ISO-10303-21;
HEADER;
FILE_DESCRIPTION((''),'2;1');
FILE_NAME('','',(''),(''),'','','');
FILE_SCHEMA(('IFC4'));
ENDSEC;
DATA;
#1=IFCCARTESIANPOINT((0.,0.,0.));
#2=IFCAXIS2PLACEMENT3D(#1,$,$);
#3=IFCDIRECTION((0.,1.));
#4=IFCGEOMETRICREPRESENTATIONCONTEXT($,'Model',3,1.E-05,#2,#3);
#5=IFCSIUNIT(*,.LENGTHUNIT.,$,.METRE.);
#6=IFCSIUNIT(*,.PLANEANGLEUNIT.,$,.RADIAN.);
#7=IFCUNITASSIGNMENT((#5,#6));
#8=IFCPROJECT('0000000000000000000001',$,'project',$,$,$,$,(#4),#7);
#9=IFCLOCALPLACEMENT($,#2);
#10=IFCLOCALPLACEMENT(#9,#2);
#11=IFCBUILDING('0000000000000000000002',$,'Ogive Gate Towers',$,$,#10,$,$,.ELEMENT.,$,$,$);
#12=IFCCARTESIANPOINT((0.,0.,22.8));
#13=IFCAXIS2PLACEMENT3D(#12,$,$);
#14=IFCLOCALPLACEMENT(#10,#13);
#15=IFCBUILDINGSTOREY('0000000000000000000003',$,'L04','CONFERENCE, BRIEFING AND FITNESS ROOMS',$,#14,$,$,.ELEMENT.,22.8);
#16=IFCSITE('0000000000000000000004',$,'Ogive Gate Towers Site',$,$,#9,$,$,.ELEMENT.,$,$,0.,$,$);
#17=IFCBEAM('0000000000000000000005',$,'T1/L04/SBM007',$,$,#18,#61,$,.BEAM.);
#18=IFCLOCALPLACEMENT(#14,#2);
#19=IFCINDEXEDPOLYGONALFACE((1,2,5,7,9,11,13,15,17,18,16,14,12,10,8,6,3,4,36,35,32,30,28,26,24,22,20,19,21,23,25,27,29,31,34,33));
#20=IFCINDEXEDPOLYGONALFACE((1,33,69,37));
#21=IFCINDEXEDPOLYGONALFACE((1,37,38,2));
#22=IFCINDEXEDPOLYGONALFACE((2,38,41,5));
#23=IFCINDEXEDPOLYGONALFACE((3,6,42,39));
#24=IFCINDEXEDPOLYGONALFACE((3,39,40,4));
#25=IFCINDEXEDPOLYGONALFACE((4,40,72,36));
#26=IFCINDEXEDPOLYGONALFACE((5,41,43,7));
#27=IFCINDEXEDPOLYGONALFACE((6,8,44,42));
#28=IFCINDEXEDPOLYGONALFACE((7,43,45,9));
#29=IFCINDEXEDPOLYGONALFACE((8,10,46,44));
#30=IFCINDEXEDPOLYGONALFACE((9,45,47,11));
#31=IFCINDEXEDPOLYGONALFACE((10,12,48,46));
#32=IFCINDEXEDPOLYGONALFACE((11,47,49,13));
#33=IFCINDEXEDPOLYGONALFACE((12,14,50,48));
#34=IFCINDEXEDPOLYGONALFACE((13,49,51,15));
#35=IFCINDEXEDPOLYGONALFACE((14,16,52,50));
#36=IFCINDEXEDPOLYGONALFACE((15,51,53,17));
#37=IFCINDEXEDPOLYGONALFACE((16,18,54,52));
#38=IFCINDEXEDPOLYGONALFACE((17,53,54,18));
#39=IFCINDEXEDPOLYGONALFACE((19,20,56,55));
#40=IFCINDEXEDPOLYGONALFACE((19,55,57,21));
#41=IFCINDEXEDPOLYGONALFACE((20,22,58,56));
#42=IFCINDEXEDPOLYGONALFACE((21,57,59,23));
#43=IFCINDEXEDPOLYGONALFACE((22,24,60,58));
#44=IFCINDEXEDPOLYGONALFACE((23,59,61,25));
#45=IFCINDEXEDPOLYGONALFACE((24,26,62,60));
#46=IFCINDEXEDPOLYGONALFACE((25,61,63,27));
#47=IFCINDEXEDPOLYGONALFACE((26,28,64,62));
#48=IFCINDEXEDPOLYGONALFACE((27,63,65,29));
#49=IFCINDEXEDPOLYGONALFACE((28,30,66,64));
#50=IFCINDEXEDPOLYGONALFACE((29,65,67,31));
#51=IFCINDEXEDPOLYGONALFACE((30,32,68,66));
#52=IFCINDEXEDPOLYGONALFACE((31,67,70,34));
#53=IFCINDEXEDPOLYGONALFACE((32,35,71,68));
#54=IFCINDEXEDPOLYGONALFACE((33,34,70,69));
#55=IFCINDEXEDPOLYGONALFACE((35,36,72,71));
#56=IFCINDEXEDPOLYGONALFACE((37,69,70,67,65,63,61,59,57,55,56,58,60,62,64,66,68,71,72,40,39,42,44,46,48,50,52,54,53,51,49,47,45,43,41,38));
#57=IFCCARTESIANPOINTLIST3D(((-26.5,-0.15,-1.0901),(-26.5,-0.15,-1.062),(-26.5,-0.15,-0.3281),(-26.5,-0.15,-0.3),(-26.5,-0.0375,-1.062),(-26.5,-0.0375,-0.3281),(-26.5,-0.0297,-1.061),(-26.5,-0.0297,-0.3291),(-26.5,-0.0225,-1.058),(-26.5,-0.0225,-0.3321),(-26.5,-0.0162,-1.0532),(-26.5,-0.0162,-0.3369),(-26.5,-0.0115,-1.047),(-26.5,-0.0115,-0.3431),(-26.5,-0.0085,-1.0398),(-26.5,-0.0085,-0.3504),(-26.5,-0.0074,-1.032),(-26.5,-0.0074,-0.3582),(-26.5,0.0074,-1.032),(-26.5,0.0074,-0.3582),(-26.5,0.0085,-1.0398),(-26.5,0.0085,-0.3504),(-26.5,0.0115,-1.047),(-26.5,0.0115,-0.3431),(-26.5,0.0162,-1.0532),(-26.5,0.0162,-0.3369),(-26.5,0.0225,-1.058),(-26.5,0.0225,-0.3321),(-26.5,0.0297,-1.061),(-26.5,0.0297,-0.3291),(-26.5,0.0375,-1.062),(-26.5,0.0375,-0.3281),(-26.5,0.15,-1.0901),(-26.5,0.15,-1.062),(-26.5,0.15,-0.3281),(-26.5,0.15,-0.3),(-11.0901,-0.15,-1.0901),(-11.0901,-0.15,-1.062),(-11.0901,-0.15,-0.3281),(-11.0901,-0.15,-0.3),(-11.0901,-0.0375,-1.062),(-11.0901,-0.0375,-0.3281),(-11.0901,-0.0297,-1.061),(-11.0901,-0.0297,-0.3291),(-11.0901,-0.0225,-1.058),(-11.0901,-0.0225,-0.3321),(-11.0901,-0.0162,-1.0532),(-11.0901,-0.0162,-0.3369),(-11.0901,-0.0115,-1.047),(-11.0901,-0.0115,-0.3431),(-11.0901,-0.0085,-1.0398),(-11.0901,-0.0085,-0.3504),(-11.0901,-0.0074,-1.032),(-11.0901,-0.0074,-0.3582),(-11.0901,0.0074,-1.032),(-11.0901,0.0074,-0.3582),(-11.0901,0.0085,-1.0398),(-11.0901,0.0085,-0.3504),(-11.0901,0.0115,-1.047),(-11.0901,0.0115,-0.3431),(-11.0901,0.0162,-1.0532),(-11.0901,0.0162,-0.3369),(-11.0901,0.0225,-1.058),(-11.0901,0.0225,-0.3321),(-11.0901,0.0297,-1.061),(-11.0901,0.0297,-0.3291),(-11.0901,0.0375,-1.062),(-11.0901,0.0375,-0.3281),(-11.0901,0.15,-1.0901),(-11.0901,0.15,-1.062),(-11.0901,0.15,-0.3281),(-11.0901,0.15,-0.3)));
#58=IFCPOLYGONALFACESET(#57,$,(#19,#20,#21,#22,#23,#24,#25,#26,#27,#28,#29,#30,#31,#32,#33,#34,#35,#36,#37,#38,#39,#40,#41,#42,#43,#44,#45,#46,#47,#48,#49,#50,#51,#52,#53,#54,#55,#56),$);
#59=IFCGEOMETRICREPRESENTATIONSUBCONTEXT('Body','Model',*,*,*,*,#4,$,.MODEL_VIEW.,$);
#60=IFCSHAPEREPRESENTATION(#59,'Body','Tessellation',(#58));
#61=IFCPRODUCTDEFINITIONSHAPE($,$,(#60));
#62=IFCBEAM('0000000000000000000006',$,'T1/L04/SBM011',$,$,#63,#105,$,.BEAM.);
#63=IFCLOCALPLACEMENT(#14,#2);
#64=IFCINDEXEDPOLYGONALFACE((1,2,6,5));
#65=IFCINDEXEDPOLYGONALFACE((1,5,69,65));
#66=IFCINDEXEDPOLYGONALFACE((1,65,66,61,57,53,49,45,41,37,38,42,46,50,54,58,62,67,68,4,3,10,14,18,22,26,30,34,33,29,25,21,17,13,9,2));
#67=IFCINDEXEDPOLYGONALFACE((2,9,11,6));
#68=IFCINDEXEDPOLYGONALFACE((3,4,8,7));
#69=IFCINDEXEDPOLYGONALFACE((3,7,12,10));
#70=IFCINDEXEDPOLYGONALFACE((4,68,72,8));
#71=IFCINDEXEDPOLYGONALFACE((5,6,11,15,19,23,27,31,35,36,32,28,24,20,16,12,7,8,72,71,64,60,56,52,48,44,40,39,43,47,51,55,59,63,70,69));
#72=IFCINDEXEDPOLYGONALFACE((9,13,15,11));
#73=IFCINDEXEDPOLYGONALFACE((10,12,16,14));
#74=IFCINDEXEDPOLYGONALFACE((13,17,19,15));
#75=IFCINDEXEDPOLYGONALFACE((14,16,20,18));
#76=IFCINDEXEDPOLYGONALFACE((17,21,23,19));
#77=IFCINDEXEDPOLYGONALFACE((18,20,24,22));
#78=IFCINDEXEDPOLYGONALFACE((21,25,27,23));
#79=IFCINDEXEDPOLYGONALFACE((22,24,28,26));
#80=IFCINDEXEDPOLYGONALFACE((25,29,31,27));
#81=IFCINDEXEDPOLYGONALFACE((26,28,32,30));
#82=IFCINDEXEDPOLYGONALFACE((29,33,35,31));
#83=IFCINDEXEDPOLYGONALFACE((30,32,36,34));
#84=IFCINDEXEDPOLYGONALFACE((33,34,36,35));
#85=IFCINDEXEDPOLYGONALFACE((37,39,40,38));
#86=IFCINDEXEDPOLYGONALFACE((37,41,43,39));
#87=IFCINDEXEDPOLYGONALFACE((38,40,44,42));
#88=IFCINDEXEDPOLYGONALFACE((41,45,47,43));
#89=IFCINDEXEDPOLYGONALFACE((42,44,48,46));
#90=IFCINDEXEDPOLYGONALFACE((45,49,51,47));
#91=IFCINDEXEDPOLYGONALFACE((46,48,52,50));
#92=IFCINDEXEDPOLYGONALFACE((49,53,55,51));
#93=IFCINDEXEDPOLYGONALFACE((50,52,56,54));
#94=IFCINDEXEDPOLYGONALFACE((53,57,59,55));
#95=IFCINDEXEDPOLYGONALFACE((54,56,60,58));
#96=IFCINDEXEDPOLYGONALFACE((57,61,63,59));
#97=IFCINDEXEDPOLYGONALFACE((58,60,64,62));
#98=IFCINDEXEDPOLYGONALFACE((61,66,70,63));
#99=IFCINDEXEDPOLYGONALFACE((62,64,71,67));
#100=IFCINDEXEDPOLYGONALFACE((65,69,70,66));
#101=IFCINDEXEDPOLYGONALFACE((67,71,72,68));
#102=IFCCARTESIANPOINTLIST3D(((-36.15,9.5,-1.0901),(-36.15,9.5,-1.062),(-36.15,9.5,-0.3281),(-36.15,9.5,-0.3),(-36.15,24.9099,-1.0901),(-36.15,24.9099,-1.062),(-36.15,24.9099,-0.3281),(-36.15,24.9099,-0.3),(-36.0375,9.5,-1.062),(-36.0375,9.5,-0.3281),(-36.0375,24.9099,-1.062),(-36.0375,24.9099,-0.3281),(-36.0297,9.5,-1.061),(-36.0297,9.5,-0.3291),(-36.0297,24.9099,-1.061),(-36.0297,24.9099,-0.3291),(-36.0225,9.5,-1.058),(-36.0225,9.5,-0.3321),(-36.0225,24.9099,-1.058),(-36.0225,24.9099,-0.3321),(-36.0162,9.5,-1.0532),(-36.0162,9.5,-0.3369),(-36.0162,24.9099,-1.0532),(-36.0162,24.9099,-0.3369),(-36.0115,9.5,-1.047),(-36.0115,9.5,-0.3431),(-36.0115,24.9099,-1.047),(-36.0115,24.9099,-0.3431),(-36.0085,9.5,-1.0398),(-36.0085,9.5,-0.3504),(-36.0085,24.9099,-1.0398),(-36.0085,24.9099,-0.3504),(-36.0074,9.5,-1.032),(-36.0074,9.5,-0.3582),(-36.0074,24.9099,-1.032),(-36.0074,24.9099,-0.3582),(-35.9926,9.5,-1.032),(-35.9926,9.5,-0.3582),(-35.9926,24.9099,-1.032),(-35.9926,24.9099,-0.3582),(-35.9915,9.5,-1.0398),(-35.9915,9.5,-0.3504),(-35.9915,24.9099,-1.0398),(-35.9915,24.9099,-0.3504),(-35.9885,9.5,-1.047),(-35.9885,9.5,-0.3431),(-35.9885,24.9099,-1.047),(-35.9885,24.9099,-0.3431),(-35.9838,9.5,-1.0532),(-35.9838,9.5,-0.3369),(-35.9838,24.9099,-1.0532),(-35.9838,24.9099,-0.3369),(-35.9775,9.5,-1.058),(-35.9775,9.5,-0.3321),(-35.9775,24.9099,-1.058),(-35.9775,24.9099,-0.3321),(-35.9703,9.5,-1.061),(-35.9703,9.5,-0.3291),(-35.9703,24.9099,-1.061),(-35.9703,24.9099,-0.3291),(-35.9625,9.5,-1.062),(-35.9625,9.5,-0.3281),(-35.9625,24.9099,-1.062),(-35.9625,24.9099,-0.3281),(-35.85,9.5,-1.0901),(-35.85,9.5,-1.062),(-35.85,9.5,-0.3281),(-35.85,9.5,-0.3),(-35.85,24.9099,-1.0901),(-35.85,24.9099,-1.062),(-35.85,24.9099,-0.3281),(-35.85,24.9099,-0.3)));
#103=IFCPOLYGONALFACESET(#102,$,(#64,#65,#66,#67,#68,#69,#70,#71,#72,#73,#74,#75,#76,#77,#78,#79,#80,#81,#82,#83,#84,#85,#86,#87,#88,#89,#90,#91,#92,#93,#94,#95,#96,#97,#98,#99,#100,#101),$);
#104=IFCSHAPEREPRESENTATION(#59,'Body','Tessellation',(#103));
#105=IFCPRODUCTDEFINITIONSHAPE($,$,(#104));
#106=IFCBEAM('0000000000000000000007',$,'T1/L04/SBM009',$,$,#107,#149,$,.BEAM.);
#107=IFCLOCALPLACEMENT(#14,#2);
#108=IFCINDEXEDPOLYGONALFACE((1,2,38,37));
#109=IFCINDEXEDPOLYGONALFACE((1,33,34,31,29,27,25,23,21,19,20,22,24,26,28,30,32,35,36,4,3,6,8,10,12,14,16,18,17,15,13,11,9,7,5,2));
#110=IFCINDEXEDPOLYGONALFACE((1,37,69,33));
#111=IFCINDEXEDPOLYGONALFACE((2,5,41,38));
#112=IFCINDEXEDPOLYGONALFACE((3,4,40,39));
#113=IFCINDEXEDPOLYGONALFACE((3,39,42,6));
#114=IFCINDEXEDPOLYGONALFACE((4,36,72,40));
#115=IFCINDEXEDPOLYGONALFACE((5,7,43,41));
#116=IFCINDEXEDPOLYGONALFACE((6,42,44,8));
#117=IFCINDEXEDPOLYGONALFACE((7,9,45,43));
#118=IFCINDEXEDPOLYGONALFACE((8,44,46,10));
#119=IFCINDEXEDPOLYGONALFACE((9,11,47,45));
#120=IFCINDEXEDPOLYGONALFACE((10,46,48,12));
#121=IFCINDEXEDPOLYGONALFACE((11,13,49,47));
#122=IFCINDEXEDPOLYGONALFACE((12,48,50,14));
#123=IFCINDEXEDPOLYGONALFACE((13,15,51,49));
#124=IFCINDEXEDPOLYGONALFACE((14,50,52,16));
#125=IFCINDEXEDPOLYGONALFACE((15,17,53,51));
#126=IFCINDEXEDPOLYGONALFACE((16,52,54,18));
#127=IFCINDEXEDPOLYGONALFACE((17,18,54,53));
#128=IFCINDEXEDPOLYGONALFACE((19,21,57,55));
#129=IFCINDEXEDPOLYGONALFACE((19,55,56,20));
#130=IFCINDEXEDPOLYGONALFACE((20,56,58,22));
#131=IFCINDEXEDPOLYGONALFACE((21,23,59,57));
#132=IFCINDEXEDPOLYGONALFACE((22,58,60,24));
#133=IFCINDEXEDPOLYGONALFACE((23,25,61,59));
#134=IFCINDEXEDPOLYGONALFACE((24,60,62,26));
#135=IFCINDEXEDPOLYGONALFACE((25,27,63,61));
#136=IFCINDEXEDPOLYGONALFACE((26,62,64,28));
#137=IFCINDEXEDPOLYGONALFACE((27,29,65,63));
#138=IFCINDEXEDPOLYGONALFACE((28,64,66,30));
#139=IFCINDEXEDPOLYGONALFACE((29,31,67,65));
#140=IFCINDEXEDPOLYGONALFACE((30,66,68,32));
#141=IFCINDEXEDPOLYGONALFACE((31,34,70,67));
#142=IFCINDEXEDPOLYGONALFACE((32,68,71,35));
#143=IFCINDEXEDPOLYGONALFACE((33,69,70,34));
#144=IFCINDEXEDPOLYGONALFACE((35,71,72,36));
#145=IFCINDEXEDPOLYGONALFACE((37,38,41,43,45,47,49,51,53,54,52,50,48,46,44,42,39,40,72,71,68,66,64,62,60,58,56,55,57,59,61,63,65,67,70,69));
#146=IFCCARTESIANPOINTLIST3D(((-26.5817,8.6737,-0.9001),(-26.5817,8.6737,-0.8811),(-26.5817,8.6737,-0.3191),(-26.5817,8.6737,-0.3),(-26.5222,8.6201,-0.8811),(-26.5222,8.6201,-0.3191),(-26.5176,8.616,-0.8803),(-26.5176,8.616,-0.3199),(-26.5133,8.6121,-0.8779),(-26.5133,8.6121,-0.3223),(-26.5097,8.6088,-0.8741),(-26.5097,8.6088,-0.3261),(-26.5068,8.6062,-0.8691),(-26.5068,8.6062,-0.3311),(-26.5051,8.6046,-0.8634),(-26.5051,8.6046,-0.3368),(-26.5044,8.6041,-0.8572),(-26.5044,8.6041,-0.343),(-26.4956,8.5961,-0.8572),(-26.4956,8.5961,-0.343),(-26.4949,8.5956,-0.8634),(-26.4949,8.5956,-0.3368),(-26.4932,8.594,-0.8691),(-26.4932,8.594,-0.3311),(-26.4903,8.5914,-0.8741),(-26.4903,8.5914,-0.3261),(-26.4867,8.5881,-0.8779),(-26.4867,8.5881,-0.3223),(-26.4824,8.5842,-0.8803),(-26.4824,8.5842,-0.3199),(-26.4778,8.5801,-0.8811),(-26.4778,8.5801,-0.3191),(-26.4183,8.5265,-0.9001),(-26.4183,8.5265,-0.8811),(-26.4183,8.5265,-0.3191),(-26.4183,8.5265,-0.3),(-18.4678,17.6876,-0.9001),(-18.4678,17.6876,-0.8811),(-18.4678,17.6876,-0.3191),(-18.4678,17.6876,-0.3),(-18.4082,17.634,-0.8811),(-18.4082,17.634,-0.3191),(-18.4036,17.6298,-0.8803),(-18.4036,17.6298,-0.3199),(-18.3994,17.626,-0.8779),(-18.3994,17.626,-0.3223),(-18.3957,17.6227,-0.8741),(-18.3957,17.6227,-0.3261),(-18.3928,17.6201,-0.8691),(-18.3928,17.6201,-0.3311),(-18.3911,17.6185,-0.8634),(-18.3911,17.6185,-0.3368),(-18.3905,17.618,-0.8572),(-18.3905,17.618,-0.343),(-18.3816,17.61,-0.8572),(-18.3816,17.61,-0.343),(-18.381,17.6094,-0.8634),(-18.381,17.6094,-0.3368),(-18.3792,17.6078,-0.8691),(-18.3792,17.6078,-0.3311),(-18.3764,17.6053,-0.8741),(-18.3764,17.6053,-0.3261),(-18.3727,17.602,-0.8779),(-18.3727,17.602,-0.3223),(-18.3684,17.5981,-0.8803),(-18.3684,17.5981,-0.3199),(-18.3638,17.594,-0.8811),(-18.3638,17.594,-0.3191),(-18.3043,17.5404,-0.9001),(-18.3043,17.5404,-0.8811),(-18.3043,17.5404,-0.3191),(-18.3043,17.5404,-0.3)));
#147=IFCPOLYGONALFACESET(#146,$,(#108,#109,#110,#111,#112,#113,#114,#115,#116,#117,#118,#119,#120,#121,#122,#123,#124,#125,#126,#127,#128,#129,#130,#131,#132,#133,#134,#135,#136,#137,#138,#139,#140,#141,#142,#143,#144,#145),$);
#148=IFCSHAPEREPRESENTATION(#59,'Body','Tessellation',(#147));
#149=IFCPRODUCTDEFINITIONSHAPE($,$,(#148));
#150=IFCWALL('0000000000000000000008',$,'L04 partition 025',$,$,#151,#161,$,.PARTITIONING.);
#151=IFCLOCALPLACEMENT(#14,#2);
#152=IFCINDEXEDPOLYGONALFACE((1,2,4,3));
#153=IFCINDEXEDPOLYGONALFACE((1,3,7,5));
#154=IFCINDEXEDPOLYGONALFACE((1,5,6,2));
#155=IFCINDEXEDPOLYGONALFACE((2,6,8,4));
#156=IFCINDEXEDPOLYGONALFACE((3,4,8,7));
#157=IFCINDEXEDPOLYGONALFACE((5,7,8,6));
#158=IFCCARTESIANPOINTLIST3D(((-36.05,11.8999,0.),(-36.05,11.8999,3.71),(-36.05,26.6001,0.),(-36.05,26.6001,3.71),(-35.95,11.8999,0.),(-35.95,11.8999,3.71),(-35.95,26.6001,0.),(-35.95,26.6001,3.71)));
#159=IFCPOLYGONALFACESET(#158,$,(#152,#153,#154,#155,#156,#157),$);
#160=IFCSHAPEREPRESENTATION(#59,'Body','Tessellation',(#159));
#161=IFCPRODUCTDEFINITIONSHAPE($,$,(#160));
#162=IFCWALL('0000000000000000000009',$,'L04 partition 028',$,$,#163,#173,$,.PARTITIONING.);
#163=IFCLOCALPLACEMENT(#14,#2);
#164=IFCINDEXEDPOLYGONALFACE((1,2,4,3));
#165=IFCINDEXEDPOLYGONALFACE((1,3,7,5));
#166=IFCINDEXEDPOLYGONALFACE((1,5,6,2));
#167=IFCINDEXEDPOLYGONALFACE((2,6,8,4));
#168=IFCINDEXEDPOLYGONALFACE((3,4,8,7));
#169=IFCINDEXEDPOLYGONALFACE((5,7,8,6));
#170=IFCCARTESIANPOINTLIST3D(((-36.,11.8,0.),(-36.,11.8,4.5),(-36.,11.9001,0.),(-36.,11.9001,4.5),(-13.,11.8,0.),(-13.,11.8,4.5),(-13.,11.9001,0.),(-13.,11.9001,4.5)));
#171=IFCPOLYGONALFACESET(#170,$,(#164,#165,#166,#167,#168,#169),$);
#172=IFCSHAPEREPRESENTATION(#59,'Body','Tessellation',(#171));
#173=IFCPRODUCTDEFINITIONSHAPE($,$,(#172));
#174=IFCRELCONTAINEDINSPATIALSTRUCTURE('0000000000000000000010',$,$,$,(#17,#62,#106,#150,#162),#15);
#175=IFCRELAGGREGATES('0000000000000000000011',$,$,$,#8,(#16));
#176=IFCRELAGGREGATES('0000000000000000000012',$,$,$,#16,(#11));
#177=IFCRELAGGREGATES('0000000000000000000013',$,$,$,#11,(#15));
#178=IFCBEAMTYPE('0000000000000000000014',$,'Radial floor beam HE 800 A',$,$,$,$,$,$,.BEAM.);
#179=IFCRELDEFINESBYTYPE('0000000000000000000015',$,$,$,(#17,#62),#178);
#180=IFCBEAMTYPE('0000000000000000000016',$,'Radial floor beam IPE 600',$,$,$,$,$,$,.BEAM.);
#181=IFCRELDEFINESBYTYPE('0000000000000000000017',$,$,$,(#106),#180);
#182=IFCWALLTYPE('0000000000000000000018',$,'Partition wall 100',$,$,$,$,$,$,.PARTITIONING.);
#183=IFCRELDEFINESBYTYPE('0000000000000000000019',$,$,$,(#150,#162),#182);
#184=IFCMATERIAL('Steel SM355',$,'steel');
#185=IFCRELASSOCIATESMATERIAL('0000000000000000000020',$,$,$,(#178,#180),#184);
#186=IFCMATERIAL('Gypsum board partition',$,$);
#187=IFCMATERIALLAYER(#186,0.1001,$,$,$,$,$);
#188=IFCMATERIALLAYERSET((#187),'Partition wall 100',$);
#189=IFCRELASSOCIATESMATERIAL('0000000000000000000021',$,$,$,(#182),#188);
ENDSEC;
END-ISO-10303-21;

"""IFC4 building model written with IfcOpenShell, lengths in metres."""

from ifc_helpers import new_model, si_unit, direction, frame, frame_2d, origin, origin_2d, place, context, subcontext, project, spatial, rectangle, i_section, extrude, material, layer, layer_set, material_profile, profile_set, type_object, element, save


model = new_model("IFC4")

# Units and contexts
model_context = context("Model", 3, precision=1e-05, world=origin(), true_north=direction((0.0, 1.0)))
body_context = subcontext(model_context, "Body", "Model", "MODEL_VIEW")
ifc_project = project(units=[si_unit("LENGTHUNIT", "METRE"), si_unit("PLANEANGLEUNIT", "RADIAN")], contexts=[model_context])

# Site, building, storey
site_placement = place(None, origin())
site = spatial("IfcSite", under=ifc_project, at=site_placement, Name="Ogive Gate Towers Site", CompositionType="ELEMENT", RefElevation=0.0)
building_placement = place(site_placement, origin())
building = spatial("IfcBuilding", under=site, at=building_placement, Name="Ogive Gate Towers", CompositionType="ELEMENT")
storey_placement = place(building_placement, frame((0.0, 0.0, 22.8)))
storey = spatial("IfcBuildingStorey", under=building, at=storey_placement, Name="L04", Description="CONFERENCE, BRIEFING AND FITNESS ROOMS", CompositionType="ELEMENT", Elevation=22.8)

# Beams
ifc_material_1 = material(Name="Steel SM355", Category="steel")
ifc_material_profile_1 = material_profile(ifc_material_1, i_section(OverallWidth=0.3, OverallDepth=0.79, WebThickness=0.0149, FlangeThickness=0.0281, FilletRadius=0.03, at=origin_2d()), Name="HE 800 A")
ifc_profile_set_1 = profile_set([ifc_material_profile_1], Name="Steel SM355")
beam_type_1 = type_object("IfcBeamType", Name="Radial floor beam HE 800 A", PredefinedType="BEAM", material=ifc_profile_set_1)
for number, where, z_axis, x_axis, name in (
    (1, (-26.5, 0.0, -0.6951), (1.0, 0.0, 0.0), (0.0, 1.0, 0.0), "T1/L04/SBM007"),
    (2, (-36.0, 9.5, -0.6951), (0.0, 1.0, 0.0), (-1.0, 0.0, 0.0), "T1/L04/SBM011"),
):
    element("IfcBeam", number, at=place(storey_placement, frame(where, z_axis=z_axis, x_axis=x_axis)), inside=storey, type_object=beam_type_1, Name=name, PredefinedType="BEAM", context=body_context, shape_type="SweptSolid", body=[
        extrude(i_section(OverallWidth=0.3, OverallDepth=0.79, WebThickness=0.0149, FlangeThickness=0.0281, FilletRadius=0.03, at=origin_2d()), origin(), (0.0, 0.0, 1.0), 15.4099),
    ])
ifc_material_profile_2 = material_profile(ifc_material_1, i_section(OverallWidth=0.22, OverallDepth=0.6001, WebThickness=0.012, FlangeThickness=0.019, FilletRadius=0.0239, at=origin_2d()), Name="IPE 600")
ifc_profile_set_2 = profile_set([ifc_material_profile_2], Name="Steel SM355")
beam_type_2 = type_object("IfcBeamType", Name="Radial floor beam IPE 600", PredefinedType="BEAM", material=ifc_profile_set_2)
beam_1_placement = place(storey_placement, frame((-26.5, 8.6001, -0.6001), z_axis=(0.669033, 0.743233, 0.0), x_axis=(-0.743233, 0.669033, 0.0)))
element("IfcBeam", 3, at=beam_1_placement, inside=storey, type_object=beam_type_2, Name="T1/L04/SBM009", PredefinedType="BEAM", context=body_context, shape_type="SweptSolid", body=[
    extrude(i_section(OverallWidth=0.22, OverallDepth=0.6001, WebThickness=0.012, FlangeThickness=0.019, FilletRadius=0.0239, at=origin_2d()), origin(), (0.0, 0.0, 1.0), 12.1279),
])

# Walls
ifc_material_2 = material(Name="Gypsum board partition")
ifc_layer_1 = layer(ifc_material_2, 0.1001)
ifc_layer_set_1 = layer_set([ifc_layer_1], Name="Partition wall 100")
wall_type_1 = type_object("IfcWallType", Name="Partition wall 100", PredefinedType="PARTITIONING", material=ifc_layer_set_1)
wall_1_placement = place(storey_placement, frame((-36.0, 11.8999, 0.0), z_axis=(0.0, 0.0, 1.0), x_axis=(0.0, 1.0, 0.0)))
element("IfcWall", 4, at=wall_1_placement, inside=storey, type_object=wall_type_1, Name="L04 partition 025", PredefinedType="PARTITIONING", context=body_context, shape_type="SweptSolid", body=[
    extrude(rectangle(XDim=14.7002, YDim=0.1001, at=frame_2d((7.3501, 0.0))), origin(), (0.0, 0.0, 1.0), 3.71),
])
wall_2_placement = place(storey_placement, frame((-36.0, 11.8501, 0.0), z_axis=(0.0, 0.0, 1.0), x_axis=(1.0, 0.0, 0.0)))
element("IfcWall", 5, at=wall_2_placement, inside=storey, type_object=wall_type_1, Name="L04 partition 028", PredefinedType="PARTITIONING", context=body_context, shape_type="SweptSolid", body=[
    extrude(rectangle(XDim=23.0, YDim=0.1001, at=frame_2d((11.5, 0.0))), origin(), (0.0, 0.0, 1.0), 4.5),
])

save(model, "model.ifc")
